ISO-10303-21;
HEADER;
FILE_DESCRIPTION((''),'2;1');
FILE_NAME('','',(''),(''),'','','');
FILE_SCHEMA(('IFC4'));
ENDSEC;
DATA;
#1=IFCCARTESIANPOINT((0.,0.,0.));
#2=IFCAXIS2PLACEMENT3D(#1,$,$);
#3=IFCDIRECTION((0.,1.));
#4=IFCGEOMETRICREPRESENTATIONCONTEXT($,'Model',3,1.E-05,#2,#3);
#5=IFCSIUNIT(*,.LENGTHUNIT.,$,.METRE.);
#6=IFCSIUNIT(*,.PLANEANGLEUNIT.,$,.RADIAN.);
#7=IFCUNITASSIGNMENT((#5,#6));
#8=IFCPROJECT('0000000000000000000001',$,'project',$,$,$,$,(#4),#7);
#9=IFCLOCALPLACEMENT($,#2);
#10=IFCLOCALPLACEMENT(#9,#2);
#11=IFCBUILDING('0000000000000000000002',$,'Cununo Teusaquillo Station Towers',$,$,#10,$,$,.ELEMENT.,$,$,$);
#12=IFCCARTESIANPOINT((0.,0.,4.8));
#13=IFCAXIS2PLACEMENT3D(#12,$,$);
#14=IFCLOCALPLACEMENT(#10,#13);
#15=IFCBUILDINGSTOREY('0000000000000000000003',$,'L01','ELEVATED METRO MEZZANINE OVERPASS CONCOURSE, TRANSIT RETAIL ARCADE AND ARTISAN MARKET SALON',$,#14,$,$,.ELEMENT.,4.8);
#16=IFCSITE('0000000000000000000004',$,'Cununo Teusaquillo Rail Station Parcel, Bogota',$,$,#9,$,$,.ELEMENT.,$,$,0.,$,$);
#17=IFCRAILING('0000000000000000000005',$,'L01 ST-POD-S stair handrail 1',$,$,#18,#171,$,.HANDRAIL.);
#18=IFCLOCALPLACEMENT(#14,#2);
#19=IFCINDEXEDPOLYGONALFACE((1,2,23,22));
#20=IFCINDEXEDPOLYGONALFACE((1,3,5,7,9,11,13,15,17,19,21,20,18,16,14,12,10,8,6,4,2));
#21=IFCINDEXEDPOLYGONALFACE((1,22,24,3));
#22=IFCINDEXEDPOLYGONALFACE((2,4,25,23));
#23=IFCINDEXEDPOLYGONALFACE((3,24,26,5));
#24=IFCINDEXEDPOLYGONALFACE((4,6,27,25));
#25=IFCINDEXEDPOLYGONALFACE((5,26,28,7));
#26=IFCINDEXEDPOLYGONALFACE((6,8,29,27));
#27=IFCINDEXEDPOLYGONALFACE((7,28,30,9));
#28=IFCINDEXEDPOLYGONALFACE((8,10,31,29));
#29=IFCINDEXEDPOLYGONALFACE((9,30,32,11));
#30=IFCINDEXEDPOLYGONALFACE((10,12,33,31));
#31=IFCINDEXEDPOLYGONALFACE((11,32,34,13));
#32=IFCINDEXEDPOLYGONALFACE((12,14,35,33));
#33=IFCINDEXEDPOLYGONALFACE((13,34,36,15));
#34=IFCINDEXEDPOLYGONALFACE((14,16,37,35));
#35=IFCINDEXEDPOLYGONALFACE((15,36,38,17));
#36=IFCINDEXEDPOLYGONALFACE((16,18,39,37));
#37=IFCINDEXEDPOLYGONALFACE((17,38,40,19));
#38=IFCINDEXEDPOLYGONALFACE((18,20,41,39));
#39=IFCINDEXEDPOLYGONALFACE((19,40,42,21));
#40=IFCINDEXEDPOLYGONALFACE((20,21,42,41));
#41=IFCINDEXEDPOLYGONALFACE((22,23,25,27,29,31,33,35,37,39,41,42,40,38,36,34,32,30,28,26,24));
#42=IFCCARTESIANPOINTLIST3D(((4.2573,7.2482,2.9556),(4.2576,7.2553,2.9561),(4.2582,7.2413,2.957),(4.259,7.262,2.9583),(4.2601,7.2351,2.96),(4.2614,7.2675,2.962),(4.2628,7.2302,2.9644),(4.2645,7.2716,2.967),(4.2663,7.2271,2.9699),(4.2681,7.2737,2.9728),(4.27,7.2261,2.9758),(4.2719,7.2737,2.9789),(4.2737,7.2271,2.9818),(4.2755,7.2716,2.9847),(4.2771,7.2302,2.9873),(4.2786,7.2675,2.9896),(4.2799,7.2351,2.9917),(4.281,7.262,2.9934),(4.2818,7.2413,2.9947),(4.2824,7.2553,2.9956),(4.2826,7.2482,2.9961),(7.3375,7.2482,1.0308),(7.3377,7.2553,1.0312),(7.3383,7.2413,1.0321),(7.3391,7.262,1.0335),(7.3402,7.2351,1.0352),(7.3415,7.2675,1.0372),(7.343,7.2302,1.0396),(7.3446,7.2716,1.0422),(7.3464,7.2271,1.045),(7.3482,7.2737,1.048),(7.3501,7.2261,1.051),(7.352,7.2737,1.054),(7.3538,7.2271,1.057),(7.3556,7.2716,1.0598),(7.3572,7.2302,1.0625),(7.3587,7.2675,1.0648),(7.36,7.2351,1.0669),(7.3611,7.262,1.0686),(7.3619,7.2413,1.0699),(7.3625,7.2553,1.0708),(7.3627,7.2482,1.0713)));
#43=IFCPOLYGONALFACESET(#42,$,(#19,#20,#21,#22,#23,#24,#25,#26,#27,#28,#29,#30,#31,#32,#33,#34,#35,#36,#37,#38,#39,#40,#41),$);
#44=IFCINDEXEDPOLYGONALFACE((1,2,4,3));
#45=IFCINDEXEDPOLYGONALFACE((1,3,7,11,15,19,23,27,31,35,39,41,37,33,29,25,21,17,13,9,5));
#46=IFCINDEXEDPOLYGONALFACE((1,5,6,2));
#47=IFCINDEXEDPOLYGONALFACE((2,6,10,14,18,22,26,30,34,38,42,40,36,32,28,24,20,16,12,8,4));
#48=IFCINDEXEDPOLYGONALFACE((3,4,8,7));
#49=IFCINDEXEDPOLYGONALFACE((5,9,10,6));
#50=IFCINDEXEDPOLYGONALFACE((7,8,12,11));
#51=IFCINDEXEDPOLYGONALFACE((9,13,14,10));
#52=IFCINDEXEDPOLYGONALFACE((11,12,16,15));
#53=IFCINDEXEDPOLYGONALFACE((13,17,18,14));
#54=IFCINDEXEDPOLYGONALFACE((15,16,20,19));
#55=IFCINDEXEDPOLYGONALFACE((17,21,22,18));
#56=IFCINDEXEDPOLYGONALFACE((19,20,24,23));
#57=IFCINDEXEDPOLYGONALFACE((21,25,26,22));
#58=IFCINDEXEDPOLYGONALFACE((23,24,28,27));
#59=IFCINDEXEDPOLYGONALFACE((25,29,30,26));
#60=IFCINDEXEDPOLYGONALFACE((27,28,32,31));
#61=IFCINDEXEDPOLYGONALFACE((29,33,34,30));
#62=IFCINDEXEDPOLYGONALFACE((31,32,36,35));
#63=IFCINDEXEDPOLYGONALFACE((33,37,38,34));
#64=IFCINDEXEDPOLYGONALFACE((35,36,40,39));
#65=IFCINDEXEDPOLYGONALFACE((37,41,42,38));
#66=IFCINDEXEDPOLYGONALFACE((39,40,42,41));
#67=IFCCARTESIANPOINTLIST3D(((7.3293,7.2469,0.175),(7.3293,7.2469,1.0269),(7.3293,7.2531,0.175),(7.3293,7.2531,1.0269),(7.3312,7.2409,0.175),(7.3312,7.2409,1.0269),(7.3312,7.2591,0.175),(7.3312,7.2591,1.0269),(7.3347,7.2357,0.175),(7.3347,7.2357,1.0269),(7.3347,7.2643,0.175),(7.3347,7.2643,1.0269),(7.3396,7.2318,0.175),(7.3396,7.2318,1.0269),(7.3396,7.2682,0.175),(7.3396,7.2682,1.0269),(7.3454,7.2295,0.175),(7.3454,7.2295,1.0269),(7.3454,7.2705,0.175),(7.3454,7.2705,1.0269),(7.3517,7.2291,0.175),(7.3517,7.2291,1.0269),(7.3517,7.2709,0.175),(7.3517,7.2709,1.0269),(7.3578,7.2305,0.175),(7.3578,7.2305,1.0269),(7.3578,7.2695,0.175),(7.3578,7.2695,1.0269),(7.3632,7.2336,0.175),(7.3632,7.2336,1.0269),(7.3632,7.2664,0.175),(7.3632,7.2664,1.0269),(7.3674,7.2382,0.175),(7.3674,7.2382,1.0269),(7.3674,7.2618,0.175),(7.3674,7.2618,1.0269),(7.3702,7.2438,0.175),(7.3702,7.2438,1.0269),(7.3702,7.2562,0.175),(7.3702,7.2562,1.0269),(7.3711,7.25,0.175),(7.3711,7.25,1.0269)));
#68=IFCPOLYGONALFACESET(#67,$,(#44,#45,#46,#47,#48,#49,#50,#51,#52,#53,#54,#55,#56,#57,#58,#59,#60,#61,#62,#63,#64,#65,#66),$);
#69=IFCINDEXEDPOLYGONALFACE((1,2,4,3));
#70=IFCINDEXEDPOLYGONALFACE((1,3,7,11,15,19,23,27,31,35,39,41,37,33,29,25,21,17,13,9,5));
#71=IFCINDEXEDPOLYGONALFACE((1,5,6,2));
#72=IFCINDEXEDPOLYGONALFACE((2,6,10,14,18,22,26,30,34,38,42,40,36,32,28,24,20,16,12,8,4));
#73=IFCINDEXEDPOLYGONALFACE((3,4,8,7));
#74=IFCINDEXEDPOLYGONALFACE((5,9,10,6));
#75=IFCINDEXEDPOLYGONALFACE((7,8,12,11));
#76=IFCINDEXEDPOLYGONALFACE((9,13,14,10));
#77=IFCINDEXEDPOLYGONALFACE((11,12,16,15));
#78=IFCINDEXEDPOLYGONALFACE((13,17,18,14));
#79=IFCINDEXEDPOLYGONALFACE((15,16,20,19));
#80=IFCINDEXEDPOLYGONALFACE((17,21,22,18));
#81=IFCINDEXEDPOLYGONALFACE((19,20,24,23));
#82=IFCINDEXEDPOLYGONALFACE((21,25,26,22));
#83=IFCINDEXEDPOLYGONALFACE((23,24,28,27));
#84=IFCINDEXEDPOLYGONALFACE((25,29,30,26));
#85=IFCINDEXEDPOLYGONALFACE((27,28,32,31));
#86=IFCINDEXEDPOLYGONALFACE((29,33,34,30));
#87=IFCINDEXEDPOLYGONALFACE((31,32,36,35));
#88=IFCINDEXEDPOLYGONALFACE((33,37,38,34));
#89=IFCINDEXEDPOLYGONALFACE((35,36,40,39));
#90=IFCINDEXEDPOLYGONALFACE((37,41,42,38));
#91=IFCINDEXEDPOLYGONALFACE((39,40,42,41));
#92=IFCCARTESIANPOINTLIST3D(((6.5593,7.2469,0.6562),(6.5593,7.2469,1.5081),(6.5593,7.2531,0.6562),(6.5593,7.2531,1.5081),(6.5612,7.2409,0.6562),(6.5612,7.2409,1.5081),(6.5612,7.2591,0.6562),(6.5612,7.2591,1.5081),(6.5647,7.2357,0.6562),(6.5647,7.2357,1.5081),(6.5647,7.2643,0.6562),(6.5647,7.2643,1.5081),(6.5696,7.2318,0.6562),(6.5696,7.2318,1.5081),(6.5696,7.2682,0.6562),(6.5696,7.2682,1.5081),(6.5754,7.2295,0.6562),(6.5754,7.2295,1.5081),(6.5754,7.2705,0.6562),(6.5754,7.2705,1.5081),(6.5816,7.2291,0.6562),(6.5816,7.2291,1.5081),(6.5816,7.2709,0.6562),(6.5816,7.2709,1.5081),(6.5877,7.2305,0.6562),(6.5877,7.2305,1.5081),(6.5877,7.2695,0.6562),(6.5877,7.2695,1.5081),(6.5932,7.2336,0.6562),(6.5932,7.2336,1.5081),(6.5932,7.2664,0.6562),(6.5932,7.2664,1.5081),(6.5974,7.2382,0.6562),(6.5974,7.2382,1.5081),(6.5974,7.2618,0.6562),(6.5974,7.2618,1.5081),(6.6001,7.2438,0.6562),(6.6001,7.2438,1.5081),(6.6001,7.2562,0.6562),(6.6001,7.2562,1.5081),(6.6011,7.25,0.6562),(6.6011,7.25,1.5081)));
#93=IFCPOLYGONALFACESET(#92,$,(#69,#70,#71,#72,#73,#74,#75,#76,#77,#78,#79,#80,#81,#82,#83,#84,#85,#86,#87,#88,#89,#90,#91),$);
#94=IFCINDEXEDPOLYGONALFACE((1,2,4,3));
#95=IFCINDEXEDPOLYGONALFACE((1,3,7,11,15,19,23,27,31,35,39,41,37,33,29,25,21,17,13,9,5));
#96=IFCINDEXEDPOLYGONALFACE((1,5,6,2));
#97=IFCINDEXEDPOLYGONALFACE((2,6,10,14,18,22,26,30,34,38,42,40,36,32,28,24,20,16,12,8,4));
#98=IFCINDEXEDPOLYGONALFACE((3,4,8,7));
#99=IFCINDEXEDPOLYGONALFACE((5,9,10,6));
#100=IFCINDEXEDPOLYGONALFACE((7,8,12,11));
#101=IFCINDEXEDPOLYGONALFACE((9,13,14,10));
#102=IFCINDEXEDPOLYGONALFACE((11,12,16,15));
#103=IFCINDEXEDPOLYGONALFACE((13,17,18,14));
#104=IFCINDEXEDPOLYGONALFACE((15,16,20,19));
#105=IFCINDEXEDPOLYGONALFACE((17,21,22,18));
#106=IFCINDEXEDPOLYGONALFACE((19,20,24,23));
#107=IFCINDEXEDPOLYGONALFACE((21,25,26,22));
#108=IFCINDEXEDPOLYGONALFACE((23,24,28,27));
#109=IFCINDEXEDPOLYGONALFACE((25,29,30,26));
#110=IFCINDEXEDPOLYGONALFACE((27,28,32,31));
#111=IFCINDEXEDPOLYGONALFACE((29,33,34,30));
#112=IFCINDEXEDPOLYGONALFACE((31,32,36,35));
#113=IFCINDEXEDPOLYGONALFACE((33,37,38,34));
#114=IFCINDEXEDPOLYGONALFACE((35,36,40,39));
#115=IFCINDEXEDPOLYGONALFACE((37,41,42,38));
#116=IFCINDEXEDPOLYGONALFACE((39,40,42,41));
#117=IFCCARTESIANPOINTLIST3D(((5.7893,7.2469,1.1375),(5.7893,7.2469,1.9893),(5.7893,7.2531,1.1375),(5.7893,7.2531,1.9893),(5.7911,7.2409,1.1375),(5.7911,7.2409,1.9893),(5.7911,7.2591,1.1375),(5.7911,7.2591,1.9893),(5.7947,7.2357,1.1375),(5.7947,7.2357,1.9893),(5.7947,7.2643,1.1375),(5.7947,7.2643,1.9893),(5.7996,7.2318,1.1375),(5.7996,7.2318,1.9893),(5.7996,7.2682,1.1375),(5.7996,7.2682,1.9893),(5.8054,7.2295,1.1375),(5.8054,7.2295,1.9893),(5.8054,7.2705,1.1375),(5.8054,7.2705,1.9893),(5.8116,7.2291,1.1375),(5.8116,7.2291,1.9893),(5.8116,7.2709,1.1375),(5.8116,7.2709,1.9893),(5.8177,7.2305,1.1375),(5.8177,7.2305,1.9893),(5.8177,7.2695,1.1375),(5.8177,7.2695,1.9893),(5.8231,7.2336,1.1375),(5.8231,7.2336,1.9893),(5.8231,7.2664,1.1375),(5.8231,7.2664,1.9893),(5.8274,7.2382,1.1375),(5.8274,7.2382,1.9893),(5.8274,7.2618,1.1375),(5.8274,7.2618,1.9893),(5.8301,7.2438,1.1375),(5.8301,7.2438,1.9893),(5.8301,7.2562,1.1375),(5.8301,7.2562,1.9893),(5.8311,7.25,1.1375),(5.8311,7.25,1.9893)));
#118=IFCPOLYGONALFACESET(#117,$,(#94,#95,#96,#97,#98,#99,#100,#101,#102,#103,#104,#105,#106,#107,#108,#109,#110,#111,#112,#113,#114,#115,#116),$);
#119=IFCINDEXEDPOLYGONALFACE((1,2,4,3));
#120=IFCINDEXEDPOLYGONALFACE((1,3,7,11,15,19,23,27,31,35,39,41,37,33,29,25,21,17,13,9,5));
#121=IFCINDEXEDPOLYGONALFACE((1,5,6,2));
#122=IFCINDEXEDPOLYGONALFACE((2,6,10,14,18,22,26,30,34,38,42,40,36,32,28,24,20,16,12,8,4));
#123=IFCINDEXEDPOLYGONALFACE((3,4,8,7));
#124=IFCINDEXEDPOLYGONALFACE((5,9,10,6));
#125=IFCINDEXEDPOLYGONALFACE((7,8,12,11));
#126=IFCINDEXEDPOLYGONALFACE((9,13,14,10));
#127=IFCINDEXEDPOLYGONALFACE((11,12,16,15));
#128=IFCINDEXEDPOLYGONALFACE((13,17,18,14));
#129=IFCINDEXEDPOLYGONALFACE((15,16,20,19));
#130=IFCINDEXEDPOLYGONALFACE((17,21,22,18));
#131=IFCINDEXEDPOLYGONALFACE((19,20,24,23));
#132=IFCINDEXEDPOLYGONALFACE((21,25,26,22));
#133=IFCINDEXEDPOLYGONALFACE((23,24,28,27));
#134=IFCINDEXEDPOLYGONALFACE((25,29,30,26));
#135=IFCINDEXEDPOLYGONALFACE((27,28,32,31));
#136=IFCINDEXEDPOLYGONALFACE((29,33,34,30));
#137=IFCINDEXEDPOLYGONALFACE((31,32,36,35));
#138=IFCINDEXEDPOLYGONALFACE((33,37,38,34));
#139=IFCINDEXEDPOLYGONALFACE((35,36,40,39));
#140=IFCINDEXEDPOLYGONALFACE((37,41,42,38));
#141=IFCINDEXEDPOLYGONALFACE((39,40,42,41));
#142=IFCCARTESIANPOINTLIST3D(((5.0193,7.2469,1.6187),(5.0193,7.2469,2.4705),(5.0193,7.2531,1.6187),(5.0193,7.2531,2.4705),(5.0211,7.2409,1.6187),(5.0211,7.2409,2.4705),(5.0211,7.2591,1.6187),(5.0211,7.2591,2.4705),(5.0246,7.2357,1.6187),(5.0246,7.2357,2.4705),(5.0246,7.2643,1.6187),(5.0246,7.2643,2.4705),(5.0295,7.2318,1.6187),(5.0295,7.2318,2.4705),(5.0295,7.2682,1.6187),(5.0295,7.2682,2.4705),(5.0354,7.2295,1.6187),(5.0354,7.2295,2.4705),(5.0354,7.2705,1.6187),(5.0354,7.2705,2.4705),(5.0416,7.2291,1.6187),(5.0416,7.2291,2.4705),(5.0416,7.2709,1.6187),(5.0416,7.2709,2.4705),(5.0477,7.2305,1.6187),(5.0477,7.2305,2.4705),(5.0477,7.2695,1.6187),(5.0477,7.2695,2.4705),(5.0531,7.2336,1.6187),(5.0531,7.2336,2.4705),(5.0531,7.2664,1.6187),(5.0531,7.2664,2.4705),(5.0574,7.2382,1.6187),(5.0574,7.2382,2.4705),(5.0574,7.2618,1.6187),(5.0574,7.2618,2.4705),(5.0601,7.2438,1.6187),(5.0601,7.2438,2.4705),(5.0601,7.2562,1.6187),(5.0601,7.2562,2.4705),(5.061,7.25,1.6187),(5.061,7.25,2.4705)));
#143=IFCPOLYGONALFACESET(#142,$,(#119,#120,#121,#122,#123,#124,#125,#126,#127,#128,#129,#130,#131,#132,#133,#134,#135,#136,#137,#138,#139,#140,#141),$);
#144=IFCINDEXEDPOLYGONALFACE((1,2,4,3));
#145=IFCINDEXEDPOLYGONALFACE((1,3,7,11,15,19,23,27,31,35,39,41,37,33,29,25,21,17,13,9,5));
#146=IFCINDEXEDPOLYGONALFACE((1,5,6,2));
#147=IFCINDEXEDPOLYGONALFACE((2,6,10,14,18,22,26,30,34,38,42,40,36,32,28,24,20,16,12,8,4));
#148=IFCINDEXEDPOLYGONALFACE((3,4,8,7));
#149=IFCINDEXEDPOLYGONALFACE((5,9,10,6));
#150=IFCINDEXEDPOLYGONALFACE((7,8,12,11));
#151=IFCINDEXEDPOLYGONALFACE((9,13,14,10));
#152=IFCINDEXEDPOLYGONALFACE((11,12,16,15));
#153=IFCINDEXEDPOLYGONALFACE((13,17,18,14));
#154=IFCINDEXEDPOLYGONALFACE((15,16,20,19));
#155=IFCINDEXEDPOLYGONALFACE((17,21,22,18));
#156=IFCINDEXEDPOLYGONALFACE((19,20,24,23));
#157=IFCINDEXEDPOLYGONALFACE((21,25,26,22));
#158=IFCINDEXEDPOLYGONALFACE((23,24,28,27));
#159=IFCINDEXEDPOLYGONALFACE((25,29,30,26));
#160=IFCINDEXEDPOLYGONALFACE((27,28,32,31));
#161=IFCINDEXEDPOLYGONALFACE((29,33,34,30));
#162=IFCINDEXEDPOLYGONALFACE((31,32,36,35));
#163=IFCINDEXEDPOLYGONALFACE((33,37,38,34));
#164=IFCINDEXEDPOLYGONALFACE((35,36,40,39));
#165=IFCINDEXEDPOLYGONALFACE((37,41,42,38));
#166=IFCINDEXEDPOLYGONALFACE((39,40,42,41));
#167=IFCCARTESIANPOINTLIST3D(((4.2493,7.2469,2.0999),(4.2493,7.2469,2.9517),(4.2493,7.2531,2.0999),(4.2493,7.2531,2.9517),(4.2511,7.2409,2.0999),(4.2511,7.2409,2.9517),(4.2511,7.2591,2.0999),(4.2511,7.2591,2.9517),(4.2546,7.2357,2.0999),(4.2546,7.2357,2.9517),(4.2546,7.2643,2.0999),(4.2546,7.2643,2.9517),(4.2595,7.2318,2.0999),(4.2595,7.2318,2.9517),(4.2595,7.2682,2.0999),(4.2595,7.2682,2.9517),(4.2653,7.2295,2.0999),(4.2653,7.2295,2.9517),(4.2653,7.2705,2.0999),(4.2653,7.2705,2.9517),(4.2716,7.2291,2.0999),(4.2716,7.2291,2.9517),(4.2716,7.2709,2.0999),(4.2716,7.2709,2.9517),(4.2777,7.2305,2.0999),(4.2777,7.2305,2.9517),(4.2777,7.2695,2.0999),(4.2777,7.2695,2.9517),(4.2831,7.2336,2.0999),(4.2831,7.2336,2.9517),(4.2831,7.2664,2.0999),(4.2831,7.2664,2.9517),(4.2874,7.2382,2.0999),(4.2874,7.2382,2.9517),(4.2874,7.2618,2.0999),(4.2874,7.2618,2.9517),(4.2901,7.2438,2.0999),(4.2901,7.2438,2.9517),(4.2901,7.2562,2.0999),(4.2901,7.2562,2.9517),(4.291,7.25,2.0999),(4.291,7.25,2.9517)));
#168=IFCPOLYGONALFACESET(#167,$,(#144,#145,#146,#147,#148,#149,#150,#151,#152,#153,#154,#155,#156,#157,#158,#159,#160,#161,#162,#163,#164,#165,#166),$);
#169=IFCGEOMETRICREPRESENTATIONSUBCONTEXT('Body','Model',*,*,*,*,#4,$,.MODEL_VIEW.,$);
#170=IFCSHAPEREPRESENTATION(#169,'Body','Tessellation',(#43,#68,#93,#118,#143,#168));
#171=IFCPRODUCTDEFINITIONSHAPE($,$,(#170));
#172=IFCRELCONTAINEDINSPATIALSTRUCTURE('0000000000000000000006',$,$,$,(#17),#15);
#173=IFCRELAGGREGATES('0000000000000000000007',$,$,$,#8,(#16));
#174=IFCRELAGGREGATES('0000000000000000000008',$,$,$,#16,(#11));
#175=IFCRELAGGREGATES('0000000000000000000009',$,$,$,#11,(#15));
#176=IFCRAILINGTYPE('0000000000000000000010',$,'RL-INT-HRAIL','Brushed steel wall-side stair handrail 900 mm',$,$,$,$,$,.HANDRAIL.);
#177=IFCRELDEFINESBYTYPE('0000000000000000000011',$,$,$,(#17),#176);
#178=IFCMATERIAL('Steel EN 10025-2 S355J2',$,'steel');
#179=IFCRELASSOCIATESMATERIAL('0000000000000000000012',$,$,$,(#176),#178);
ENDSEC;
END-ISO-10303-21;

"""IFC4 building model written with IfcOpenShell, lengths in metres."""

from ifc_helpers import new_model, si_unit, direction, frame, origin, origin_2d, place, context, subcontext, project, spatial, circle, extrude, material, type_object, element, save


model = new_model("IFC4")

# Units and contexts
model_context = context("Model", 3, precision=1e-05, world=origin(), true_north=direction((0.0, 1.0)))
body_context = subcontext(model_context, "Body", "Model", "MODEL_VIEW")
ifc_project = project(units=[si_unit("LENGTHUNIT", "METRE"), si_unit("PLANEANGLEUNIT", "RADIAN")], contexts=[model_context])

# Site, building, storey
site_placement = place(None, origin())
site = spatial("IfcSite", under=ifc_project, at=site_placement, Name="Cununo Teusaquillo Rail Station Parcel, Bogota", CompositionType="ELEMENT", RefElevation=0.0)
building_placement = place(site_placement, origin())
building = spatial("IfcBuilding", under=site, at=building_placement, Name="Cununo Teusaquillo Station Towers", CompositionType="ELEMENT")
storey_placement = place(building_placement, frame((0.0, 0.0, 4.8)))
storey = spatial("IfcBuildingStorey", under=building, at=storey_placement, Name="L01", Description="ELEVATED METRO MEZZANINE OVERPASS CONCOURSE, TRANSIT RETAIL ARCADE AND ARTISAN MARKET SALON", CompositionType="ELEMENT", Elevation=4.8)

# Railing
ifc_material_1 = material(Name="Steel EN 10025-2 S355J2", Category="steel")
railing_type_1 = type_object("IfcRailingType", Name="RL-INT-HRAIL", Description="Brushed steel wall-side stair handrail 900 mm", PredefinedType="HANDRAIL", material=ifc_material_1)
railing_1_placement = place(storey_placement, frame((7.3501, 7.25, 0.175)))
element("IfcRailing", 1, at=railing_1_placement, inside=storey, type_object=railing_type_1, Name="L01 ST-POD-S stair handrail 1", PredefinedType="HANDRAIL", context=body_context, shape_type="SweptSolid", body=[
    extrude(circle(Radius=0.0239, at=origin_2d()), frame((0.0, 0.0, 0.876), z_axis=(-0.848029, 0.0, 0.529951), x_axis=(0.0, -1.0, 0.0)), (0.0, 0.0, 1.0), 3.6321),
    extrude(circle(Radius=0.021, at=origin_2d()), origin(), (0.0, 0.0, 1.0), 0.8518),
    extrude(circle(Radius=0.021, at=origin_2d()), frame((-0.77, 0.0, 0.4812)), (0.0, 0.0, 1.0), 0.8518),
    extrude(circle(Radius=0.021, at=origin_2d()), frame((-1.54, 0.0, 0.9624)), (0.0, 0.0, 1.0), 0.8518),
    extrude(circle(Radius=0.021, at=origin_2d()), frame((-2.3101, 0.0, 1.4436)), (0.0, 0.0, 1.0), 0.8518),
    extrude(circle(Radius=0.021, at=origin_2d()), frame((-3.0801, 0.0, 1.9248)), (0.0, 0.0, 1.0), 0.8518),
])

save(model, "model.ifc")
